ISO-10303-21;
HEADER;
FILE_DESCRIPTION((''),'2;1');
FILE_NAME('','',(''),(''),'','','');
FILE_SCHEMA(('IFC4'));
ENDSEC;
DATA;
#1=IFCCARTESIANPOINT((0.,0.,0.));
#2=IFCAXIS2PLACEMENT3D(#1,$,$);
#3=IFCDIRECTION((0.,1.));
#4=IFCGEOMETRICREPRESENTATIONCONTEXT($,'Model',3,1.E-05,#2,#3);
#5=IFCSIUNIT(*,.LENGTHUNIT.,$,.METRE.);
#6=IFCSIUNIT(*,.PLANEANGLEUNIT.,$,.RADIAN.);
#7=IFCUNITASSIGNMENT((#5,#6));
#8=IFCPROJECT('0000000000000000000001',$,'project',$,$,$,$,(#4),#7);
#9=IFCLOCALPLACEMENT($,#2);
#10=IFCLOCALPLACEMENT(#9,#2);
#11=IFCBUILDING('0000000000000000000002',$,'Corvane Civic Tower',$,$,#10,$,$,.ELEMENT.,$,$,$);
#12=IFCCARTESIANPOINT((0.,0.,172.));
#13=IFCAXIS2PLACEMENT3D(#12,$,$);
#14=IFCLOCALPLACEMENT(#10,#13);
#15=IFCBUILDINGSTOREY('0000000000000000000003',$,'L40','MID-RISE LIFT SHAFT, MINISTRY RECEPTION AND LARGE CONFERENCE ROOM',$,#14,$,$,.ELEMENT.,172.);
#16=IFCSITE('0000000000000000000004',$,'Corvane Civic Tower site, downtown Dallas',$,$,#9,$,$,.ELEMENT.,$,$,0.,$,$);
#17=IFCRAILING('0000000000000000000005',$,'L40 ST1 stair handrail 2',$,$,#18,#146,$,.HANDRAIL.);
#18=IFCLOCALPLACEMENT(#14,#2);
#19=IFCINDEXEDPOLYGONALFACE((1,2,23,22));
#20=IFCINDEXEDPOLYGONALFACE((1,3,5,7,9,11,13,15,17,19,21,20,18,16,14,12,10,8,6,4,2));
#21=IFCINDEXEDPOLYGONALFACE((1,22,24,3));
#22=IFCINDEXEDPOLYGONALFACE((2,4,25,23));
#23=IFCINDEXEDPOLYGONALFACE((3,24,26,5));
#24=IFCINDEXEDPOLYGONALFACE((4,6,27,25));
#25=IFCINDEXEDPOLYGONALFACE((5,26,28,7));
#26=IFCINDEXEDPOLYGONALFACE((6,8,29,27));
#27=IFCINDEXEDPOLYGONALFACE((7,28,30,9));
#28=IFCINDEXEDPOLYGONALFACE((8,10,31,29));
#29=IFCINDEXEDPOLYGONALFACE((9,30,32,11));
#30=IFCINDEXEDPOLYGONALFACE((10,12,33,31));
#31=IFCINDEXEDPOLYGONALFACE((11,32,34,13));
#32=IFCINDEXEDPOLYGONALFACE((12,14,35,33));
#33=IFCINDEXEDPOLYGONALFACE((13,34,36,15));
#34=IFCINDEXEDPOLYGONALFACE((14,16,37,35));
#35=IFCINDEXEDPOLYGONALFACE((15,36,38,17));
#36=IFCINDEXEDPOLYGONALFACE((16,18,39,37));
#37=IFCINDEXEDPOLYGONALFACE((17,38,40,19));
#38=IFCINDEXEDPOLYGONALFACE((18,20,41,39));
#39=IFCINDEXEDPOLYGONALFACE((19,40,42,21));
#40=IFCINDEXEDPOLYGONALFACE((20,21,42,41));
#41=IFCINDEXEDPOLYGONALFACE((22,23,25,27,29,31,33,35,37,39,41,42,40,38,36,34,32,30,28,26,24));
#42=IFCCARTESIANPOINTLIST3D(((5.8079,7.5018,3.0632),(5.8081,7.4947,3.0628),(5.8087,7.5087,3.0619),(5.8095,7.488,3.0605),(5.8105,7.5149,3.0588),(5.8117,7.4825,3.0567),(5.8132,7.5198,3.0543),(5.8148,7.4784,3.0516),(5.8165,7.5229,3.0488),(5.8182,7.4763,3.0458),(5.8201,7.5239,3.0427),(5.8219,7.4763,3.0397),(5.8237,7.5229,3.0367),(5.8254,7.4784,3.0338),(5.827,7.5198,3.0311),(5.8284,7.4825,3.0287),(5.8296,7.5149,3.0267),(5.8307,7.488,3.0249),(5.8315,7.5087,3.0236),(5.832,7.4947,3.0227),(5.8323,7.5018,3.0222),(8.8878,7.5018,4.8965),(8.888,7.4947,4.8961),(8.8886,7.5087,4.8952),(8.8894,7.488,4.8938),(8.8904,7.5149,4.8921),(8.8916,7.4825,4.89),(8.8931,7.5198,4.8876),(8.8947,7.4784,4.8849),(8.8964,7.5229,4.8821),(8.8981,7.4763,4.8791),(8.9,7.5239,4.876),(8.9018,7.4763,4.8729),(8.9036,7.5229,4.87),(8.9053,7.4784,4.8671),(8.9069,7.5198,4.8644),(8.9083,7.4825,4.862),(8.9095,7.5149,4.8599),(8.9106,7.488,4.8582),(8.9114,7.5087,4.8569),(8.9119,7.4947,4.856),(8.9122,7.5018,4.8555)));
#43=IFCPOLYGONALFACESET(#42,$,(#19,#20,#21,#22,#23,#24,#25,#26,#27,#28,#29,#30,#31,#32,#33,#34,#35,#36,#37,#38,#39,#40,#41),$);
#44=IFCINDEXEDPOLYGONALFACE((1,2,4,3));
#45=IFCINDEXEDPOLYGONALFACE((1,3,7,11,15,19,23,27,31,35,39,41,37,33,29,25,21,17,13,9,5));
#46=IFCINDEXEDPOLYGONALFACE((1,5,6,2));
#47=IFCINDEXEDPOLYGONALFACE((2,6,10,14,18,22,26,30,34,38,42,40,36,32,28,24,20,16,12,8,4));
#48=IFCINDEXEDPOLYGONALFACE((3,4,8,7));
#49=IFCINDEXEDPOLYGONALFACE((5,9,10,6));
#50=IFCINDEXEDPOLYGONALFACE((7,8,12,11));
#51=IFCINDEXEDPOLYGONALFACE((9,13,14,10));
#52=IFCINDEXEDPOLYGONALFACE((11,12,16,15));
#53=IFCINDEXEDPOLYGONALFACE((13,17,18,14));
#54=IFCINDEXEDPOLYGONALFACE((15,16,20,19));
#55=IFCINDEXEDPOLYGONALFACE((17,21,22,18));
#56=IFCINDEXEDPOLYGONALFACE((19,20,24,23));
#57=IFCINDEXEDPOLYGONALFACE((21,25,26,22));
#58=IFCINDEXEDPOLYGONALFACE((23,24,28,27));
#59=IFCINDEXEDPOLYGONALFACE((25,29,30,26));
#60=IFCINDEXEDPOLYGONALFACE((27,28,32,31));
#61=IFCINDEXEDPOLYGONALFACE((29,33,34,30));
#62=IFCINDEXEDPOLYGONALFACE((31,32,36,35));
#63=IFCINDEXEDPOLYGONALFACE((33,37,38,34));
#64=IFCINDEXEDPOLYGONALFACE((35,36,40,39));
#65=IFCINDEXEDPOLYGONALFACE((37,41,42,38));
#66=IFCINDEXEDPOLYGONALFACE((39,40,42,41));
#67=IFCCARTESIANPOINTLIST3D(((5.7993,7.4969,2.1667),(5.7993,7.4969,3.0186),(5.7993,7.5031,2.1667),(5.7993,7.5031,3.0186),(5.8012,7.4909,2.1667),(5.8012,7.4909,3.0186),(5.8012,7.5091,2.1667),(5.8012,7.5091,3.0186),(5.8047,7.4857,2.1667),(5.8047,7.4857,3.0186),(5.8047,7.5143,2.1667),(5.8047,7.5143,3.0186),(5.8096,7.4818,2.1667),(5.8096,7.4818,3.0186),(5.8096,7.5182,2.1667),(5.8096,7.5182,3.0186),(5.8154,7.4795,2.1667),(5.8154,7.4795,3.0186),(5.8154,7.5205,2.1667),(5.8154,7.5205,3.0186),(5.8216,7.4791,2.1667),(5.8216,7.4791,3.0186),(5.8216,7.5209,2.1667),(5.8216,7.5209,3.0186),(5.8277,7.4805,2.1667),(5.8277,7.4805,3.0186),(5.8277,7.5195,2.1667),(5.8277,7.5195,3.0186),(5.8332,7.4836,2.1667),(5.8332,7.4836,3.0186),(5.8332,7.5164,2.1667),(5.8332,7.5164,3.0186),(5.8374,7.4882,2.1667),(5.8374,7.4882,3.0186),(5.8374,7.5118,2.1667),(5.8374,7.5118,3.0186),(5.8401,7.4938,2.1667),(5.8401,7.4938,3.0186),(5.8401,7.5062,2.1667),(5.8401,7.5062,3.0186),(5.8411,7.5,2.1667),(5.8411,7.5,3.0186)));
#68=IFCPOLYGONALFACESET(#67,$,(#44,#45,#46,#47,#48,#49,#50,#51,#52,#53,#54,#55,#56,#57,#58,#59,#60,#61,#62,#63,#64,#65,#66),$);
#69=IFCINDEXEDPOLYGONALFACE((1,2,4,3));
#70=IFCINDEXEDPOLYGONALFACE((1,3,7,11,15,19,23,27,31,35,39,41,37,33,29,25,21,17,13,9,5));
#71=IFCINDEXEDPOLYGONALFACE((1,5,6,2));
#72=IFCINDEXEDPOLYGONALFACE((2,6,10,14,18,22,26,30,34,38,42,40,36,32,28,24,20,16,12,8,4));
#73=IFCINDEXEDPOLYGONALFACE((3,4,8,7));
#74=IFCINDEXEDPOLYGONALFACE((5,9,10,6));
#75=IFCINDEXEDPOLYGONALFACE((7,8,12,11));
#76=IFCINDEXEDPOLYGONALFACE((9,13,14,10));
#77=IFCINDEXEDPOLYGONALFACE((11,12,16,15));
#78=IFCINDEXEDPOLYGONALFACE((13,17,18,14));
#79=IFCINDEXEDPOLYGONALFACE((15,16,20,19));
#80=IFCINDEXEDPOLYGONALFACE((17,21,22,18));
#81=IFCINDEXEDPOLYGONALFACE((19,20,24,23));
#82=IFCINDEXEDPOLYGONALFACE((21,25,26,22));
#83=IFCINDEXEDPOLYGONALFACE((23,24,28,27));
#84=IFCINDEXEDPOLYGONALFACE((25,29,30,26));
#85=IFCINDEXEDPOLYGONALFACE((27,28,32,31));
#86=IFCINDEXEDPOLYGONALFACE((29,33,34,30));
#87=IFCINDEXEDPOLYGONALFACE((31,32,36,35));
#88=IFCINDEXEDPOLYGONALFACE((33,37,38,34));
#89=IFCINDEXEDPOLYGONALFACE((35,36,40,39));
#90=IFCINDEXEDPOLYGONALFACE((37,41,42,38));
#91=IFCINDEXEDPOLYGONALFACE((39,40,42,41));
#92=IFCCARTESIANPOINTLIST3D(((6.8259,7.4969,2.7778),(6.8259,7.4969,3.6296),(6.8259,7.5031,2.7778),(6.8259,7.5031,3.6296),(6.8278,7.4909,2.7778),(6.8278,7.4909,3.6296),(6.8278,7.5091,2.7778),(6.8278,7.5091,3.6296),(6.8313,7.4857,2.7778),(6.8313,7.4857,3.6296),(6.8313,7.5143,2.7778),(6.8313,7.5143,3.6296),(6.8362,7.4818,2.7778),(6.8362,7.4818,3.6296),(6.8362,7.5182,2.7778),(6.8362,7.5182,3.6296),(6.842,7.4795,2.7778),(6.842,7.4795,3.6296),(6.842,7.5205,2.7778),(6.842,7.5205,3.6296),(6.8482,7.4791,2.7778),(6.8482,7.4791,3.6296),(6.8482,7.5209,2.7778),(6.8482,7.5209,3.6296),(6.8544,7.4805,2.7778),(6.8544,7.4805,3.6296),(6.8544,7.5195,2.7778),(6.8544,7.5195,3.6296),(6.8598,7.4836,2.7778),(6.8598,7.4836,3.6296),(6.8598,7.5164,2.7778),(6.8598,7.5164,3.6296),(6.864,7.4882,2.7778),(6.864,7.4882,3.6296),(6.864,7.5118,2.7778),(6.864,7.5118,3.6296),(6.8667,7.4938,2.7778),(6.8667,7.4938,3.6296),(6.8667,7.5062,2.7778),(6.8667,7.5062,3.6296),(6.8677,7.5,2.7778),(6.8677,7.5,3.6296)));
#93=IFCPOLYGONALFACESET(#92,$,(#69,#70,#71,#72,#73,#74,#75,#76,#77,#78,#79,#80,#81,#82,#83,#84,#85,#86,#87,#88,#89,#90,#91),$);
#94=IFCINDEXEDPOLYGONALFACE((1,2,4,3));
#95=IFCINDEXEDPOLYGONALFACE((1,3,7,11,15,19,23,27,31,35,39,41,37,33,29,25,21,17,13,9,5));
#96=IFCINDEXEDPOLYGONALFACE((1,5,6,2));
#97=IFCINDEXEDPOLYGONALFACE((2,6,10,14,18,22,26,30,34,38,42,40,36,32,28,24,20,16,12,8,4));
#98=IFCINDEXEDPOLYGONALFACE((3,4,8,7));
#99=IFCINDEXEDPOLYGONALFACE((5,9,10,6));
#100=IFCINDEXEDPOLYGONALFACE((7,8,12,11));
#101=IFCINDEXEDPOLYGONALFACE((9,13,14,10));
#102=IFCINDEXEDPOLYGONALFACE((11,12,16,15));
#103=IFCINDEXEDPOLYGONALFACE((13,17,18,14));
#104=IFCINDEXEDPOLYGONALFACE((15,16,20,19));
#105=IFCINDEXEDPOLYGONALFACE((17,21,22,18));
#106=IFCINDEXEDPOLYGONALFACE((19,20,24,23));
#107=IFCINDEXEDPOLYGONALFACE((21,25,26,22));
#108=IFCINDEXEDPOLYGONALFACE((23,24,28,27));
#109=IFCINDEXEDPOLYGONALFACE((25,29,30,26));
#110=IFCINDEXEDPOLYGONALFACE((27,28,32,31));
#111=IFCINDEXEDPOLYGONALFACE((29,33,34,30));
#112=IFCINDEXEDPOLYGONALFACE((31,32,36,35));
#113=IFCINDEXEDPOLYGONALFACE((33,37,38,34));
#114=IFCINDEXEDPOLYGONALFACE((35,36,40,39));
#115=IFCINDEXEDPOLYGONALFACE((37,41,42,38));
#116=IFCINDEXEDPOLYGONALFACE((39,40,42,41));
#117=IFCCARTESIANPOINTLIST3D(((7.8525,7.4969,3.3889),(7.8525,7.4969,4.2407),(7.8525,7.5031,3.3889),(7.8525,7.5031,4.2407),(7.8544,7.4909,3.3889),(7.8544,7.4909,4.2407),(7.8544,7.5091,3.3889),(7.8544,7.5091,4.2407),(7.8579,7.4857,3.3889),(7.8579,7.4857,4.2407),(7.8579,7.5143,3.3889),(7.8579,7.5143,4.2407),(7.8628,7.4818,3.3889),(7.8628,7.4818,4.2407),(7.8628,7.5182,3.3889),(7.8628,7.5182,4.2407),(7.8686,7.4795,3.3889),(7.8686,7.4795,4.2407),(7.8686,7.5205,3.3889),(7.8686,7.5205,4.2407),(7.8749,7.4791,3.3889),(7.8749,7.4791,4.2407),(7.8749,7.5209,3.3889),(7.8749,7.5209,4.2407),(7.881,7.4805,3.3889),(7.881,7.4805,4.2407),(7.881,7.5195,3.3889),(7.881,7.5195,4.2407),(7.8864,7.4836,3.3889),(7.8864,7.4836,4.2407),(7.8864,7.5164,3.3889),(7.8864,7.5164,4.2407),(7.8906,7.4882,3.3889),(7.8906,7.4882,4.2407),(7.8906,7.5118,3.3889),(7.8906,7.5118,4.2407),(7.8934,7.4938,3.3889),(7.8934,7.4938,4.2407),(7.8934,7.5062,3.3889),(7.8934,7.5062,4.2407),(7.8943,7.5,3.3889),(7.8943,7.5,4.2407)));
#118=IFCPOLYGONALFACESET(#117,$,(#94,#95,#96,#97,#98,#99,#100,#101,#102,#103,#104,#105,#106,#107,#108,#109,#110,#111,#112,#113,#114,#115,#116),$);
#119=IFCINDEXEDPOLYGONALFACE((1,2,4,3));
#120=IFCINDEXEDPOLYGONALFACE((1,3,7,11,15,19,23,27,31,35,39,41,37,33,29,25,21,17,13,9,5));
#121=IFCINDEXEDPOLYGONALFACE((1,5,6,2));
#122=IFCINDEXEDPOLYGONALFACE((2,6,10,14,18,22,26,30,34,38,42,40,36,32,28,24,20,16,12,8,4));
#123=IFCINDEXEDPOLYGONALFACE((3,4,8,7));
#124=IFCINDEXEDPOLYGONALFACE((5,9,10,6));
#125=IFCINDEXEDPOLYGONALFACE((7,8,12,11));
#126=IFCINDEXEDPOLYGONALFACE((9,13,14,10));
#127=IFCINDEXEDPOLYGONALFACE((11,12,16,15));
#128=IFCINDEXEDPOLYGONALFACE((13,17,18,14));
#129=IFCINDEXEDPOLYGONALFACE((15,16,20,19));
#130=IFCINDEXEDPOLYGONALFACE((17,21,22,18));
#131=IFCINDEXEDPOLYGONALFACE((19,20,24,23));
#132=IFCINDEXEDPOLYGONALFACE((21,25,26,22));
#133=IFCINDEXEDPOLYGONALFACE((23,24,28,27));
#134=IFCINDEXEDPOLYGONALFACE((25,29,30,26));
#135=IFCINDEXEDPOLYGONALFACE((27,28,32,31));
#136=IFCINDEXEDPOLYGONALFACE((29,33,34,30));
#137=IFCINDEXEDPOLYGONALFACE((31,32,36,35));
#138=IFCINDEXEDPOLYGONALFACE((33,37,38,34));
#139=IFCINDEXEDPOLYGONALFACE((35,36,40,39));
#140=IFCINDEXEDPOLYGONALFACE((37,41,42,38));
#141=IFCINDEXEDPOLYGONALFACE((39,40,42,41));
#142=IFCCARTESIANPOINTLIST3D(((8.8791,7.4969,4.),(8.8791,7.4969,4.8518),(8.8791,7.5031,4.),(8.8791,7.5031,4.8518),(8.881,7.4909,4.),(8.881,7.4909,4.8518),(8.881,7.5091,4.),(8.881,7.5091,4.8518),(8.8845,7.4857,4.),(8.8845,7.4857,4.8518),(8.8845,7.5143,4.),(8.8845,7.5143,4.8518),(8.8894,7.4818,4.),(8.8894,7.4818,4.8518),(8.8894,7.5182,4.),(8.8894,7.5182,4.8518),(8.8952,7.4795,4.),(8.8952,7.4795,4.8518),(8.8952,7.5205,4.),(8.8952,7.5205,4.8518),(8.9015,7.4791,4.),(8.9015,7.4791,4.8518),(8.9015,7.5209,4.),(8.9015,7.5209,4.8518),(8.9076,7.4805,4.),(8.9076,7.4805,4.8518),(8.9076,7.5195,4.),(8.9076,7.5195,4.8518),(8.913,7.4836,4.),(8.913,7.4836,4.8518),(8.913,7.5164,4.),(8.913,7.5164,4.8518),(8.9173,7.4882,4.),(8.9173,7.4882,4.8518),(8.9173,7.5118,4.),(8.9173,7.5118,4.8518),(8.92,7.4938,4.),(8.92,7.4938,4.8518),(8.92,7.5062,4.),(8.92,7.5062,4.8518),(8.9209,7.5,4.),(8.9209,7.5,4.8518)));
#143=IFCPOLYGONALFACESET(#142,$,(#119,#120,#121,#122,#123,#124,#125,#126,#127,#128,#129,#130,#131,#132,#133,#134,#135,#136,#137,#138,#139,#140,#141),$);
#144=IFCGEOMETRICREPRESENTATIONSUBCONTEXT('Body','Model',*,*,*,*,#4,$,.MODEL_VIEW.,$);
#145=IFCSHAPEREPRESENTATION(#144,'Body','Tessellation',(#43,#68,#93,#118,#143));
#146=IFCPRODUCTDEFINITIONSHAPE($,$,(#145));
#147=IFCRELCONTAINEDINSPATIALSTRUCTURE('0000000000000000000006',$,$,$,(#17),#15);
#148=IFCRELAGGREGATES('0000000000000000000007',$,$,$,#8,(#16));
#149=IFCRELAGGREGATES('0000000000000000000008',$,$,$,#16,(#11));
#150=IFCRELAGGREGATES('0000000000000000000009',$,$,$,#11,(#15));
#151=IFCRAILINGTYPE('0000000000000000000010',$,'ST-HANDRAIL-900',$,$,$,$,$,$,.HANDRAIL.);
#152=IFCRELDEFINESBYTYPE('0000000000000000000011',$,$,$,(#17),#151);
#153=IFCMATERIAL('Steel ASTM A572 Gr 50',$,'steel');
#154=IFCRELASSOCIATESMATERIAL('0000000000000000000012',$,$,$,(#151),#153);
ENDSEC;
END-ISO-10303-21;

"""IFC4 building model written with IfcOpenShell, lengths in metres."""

from ifc_helpers import new_model, si_unit, direction, frame, origin, origin_2d, place, context, subcontext, project, spatial, circle, extrude, material, type_object, element, save


model = new_model("IFC4")

# Units and contexts
model_context = context("Model", 3, precision=1e-05, world=origin(), true_north=direction((0.0, 1.0)))
body_context = subcontext(model_context, "Body", "Model", "MODEL_VIEW")
ifc_project = project(units=[si_unit("LENGTHUNIT", "METRE"), si_unit("PLANEANGLEUNIT", "RADIAN")], contexts=[model_context])

# Site, building, storey
site_placement = place(None, origin())
site = spatial("IfcSite", under=ifc_project, at=site_placement, Name="Corvane Civic Tower site, downtown Dallas", CompositionType="ELEMENT", RefElevation=0.0)
building_placement = place(site_placement, origin())
building = spatial("IfcBuilding", under=site, at=building_placement, Name="Corvane Civic Tower", CompositionType="ELEMENT")
storey_placement = place(building_placement, frame((0.0, 0.0, 172.0)))
storey = spatial("IfcBuildingStorey", under=building, at=storey_placement, Name="L40", Description="MID-RISE LIFT SHAFT, MINISTRY RECEPTION AND LARGE CONFERENCE ROOM", CompositionType="ELEMENT", Elevation=172.0)

# Railing
ifc_material_1 = material(Name="Steel ASTM A572 Gr 50", Category="steel")
railing_type_1 = type_object("IfcRailingType", Name="ST-HANDRAIL-900", PredefinedType="HANDRAIL", material=ifc_material_1)
railing_1_placement = place(storey_placement, frame((5.8201, 7.5, 2.1667)))
element("IfcRailing", 1, at=railing_1_placement, inside=storey, type_object=railing_type_1, Name="L40 ST1 stair handrail 2", PredefinedType="HANDRAIL", context=body_context, shape_type="SweptSolid", body=[
    extrude(circle(Radius=0.0239, at=origin_2d()), frame((0.0, 0.0, 0.876), z_axis=(0.859291, 0.0, 0.511487), x_axis=(0.0, 1.0, 0.0)), (0.0, 0.0, 1.0), 3.5842),
    extrude(circle(Radius=0.021, at=origin_2d()), origin(), (0.0, 0.0, 1.0), 0.8518),
    extrude(circle(Radius=0.021, at=origin_2d()), frame((1.0266, 0.0, 0.6111)), (0.0, 0.0, 1.0), 0.8518),
    extrude(circle(Radius=0.021, at=origin_2d()), frame((2.0532, 0.0, 1.2222)), (0.0, 0.0, 1.0), 0.8518),
    extrude(circle(Radius=0.021, at=origin_2d()), frame((3.0798, 0.0, 1.8333)), (0.0, 0.0, 1.0), 0.8518),
])

save(model, "model.ifc")
